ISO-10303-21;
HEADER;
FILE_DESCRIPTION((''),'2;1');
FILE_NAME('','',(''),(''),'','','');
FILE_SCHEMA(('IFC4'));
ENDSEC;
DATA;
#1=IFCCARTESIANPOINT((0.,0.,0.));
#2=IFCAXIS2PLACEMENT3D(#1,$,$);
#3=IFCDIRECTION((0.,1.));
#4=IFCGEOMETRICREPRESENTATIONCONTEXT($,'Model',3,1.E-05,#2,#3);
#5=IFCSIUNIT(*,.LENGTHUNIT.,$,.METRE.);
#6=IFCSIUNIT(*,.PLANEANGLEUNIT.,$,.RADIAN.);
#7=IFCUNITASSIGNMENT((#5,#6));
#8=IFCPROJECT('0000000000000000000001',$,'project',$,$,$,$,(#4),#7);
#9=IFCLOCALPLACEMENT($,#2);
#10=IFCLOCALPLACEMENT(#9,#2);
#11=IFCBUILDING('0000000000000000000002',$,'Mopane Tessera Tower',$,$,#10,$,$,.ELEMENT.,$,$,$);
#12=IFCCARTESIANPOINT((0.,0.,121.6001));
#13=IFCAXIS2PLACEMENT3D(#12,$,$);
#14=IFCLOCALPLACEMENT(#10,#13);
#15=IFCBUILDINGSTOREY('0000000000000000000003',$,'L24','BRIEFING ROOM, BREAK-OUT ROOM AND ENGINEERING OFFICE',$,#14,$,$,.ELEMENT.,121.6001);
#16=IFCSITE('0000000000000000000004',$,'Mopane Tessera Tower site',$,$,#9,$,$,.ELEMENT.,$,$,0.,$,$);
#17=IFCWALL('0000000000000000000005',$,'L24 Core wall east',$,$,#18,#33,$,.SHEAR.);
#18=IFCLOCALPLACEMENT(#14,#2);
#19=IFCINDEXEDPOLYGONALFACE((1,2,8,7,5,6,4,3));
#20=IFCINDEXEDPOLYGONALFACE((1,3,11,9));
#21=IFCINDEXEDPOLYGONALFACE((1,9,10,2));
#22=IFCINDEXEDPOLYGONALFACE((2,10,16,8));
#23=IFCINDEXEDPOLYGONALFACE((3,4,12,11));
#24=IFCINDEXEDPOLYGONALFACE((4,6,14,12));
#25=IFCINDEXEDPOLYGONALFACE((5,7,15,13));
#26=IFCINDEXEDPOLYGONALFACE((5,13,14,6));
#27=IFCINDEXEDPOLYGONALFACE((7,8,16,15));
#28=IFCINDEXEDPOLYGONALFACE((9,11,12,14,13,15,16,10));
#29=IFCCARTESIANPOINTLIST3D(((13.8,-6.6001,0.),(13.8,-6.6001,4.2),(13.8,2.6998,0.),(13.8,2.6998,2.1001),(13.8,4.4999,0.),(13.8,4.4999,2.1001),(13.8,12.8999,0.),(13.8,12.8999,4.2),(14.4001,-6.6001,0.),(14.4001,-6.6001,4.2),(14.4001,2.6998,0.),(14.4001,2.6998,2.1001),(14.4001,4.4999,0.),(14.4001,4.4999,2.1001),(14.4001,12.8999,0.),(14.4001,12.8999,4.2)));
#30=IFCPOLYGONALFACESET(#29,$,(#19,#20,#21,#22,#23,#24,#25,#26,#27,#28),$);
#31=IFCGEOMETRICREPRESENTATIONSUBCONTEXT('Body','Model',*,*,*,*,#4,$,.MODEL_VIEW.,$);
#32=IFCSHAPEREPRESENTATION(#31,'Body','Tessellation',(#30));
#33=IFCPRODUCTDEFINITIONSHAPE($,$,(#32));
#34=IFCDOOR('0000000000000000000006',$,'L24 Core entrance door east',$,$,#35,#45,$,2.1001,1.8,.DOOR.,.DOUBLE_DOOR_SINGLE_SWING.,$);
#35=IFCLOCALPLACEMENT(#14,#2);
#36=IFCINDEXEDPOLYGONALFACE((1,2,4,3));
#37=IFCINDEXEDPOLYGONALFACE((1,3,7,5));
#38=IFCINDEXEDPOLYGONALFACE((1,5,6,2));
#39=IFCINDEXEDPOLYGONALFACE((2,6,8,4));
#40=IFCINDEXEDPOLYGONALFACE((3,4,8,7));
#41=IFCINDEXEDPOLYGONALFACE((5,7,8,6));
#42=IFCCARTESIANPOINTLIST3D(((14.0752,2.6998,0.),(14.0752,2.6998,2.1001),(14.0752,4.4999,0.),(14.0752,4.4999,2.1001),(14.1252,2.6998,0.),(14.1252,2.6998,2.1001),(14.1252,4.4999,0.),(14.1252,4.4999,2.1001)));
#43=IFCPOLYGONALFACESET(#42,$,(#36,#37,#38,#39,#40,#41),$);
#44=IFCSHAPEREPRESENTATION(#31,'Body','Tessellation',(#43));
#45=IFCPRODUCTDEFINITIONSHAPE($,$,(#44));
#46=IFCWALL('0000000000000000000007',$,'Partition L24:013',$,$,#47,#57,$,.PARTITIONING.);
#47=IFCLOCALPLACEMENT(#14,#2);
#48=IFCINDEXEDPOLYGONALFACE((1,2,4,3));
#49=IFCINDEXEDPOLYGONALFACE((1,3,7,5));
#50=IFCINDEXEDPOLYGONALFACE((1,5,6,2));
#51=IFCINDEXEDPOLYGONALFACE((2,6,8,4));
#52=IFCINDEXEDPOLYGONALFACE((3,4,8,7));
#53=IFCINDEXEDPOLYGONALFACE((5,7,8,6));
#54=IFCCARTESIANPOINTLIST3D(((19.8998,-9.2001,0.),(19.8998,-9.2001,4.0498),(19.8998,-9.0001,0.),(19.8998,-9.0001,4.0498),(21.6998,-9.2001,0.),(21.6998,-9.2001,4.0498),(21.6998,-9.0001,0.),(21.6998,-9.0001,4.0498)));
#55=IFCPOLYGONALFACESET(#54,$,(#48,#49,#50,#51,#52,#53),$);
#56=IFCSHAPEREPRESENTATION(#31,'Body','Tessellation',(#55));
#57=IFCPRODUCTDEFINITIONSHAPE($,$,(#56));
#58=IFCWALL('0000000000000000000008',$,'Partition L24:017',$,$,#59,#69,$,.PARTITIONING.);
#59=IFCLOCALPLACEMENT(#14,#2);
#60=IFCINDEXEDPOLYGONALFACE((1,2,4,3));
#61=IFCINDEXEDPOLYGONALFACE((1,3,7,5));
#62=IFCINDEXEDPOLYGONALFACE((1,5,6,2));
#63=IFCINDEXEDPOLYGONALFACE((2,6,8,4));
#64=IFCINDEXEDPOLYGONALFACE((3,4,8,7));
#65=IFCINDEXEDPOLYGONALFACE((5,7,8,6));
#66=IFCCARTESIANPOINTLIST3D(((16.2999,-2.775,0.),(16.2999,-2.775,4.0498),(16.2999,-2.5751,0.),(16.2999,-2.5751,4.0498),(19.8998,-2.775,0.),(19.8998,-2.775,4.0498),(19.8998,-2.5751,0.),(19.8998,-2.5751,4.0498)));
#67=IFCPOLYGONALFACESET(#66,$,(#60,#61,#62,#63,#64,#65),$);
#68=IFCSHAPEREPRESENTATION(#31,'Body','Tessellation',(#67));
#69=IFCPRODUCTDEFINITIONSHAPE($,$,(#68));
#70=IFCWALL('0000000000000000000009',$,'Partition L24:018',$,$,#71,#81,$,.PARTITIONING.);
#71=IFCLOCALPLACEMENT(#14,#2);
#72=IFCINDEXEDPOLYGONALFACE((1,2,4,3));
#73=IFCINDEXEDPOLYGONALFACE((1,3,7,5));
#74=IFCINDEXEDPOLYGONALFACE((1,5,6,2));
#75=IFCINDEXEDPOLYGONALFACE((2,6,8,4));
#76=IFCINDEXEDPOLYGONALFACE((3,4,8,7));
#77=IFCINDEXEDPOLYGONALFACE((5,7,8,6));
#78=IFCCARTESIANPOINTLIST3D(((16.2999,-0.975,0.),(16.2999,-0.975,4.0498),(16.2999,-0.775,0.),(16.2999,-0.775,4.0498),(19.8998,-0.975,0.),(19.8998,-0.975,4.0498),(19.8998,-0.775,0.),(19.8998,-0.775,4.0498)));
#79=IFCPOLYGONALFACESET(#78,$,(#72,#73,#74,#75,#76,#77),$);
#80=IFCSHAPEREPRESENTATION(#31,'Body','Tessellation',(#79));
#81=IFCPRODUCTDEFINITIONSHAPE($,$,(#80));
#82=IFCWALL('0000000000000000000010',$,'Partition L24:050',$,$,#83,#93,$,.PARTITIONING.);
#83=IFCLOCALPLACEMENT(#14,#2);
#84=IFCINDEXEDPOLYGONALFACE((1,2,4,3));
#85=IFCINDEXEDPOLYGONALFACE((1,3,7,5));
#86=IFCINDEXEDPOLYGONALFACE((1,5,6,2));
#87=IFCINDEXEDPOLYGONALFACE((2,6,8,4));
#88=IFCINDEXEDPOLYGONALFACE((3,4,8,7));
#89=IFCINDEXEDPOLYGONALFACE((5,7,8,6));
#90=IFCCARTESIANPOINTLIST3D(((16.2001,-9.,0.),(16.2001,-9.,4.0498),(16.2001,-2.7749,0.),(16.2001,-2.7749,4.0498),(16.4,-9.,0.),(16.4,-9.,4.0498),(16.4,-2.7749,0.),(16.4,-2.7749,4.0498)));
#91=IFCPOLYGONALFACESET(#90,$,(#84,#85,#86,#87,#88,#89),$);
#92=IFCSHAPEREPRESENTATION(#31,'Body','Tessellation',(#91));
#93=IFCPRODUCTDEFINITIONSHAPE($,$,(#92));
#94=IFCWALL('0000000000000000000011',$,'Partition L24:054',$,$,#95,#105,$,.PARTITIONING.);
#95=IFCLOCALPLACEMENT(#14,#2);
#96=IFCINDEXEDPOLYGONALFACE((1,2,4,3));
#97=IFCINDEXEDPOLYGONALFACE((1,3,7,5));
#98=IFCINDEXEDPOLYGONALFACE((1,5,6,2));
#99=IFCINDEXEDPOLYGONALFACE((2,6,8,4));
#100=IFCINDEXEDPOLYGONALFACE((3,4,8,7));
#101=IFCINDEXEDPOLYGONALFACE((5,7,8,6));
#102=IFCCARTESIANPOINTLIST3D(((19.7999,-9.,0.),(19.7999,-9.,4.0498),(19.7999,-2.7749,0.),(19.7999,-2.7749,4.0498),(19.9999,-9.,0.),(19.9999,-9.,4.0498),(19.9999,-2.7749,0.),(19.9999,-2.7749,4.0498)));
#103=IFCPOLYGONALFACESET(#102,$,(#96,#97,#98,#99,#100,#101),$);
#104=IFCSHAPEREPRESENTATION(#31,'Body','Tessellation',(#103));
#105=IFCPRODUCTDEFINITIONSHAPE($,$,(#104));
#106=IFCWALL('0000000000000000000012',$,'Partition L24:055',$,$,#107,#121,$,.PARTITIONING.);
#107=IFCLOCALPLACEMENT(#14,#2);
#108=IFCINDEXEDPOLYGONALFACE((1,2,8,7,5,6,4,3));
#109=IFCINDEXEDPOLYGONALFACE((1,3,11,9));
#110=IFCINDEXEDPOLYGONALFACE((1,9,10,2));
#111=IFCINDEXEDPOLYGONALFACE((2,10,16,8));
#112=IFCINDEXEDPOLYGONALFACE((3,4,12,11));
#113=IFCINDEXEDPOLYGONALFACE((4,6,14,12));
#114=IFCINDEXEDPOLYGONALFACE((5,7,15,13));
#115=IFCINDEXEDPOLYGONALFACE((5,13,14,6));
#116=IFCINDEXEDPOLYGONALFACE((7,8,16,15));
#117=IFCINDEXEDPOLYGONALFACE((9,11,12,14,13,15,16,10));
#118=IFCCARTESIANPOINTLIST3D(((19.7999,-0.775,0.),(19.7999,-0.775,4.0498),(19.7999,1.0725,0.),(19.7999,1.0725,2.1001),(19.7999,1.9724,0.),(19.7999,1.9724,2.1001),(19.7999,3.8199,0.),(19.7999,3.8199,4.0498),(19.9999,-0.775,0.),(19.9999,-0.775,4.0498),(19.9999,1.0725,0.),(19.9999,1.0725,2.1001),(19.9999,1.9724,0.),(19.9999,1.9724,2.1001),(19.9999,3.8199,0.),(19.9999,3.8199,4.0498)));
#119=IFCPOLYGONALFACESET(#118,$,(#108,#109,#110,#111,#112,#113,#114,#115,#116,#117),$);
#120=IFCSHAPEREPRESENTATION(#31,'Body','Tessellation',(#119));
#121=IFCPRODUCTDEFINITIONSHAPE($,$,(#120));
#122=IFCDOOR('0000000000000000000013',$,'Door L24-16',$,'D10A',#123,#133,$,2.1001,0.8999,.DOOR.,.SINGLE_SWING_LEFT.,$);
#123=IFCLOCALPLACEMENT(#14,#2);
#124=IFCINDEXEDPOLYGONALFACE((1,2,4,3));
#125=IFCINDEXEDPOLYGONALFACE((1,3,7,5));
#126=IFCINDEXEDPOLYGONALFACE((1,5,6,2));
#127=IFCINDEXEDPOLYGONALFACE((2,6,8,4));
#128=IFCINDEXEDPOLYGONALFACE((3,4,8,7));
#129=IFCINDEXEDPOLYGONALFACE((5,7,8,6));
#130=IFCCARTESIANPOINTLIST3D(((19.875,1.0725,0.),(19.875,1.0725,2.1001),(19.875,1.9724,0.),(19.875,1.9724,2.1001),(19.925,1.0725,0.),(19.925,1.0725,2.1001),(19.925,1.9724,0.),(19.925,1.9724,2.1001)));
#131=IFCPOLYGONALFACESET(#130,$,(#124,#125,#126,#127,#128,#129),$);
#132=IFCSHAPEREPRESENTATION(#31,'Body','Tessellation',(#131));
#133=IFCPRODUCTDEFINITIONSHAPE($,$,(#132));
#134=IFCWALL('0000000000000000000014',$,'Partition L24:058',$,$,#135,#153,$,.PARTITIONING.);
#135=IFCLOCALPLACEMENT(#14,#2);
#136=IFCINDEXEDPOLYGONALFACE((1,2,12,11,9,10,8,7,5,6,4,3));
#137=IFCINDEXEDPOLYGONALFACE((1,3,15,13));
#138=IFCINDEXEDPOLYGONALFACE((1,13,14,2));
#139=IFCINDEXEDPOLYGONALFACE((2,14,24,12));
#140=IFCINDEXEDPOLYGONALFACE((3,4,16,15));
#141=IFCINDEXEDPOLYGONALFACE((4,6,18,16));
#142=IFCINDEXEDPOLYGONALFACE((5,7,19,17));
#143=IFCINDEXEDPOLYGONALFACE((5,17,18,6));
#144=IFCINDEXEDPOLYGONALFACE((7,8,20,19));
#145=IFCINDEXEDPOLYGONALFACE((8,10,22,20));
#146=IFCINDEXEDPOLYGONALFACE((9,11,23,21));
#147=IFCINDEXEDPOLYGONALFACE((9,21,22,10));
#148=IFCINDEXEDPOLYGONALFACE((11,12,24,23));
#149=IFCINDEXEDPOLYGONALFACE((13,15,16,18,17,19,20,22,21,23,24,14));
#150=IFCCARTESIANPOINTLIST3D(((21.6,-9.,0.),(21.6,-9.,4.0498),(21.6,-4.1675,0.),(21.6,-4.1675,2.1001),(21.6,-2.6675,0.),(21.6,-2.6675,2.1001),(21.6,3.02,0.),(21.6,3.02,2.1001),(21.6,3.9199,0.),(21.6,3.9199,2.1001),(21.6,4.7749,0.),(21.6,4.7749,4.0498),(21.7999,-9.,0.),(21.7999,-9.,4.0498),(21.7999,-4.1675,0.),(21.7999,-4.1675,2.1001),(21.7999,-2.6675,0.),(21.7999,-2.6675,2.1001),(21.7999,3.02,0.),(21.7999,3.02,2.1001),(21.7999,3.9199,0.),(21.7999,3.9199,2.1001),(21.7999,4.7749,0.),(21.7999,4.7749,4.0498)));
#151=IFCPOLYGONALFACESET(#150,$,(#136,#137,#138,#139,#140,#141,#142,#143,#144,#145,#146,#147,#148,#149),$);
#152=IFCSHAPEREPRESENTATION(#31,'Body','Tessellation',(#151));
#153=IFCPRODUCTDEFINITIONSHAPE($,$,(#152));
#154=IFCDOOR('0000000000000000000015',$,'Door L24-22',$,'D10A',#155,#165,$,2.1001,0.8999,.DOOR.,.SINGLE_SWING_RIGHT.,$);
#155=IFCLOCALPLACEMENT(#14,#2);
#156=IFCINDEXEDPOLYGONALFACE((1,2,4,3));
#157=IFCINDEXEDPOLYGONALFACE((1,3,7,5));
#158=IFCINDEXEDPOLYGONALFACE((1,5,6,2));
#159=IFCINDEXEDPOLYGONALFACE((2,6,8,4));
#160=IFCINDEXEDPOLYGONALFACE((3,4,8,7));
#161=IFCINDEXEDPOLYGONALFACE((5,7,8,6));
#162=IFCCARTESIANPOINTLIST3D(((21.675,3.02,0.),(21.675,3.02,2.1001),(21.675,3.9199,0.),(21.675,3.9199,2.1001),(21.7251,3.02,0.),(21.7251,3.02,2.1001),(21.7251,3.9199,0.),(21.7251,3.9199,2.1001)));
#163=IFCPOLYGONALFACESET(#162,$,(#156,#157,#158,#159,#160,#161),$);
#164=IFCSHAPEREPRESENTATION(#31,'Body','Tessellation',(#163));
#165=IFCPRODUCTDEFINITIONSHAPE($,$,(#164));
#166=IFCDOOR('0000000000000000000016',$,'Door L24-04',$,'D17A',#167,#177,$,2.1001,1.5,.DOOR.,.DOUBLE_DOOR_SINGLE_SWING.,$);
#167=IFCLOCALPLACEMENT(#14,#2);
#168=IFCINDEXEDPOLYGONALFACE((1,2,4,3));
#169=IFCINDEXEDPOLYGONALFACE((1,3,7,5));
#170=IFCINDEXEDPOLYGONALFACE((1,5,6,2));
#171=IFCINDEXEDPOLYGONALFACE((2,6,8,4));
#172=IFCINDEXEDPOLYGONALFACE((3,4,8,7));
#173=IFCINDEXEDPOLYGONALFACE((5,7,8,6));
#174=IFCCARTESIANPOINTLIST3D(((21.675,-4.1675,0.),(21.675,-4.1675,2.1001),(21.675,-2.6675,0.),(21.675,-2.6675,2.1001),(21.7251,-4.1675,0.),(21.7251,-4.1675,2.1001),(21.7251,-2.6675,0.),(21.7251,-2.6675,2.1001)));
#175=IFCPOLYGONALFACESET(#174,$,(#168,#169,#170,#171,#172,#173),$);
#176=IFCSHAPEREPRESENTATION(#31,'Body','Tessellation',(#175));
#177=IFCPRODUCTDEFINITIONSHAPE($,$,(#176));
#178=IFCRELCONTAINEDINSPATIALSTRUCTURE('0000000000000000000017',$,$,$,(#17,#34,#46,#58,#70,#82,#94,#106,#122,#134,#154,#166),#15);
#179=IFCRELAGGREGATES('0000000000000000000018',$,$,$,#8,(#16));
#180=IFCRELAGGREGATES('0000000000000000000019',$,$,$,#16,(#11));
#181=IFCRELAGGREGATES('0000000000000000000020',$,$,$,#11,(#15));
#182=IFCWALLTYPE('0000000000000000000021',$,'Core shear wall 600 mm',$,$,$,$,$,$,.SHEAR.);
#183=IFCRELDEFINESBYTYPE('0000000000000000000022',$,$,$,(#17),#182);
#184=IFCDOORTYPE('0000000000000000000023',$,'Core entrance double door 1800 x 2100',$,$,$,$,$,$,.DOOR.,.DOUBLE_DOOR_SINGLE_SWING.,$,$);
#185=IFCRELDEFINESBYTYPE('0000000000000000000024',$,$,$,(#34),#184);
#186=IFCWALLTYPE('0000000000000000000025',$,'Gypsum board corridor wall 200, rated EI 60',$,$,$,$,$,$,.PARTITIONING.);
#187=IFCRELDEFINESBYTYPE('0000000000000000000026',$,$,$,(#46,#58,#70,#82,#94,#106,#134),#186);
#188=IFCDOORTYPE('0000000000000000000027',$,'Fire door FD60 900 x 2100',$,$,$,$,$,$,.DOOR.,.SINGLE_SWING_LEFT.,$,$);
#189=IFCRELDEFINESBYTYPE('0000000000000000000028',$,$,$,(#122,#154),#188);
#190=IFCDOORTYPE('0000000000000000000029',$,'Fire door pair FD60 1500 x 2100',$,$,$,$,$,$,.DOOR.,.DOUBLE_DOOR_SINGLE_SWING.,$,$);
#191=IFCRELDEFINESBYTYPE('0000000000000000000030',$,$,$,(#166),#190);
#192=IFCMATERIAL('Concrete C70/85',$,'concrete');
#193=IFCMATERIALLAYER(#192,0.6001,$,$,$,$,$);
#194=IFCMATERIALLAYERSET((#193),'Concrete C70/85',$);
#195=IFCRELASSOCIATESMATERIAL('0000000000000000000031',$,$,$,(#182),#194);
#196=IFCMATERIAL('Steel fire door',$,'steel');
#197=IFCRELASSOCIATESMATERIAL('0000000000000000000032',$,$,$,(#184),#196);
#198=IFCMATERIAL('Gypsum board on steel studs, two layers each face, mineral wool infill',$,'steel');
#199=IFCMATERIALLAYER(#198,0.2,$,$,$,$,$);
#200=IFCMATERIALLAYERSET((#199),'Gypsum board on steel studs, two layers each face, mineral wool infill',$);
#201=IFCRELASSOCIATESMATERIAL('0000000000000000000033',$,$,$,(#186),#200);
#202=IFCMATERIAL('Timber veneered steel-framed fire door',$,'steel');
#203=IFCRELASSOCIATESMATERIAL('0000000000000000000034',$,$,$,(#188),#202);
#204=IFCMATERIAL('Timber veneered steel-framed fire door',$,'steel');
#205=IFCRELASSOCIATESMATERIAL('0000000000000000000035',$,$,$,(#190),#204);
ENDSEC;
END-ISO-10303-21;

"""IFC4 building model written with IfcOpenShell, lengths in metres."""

from ifc_helpers import new_model, si_unit, direction, frame, frame_2d, origin, place, context, subcontext, project, spatial, rectangle, extrude, material, layer, layer_set, type_object, element, fill, save


model = new_model("IFC4")

# Units and contexts
model_context = context("Model", 3, precision=1e-05, world=origin(), true_north=direction((0.0, 1.0)))
body_context = subcontext(model_context, "Body", "Model", "MODEL_VIEW")
ifc_project = project(units=[si_unit("LENGTHUNIT", "METRE"), si_unit("PLANEANGLEUNIT", "RADIAN")], contexts=[model_context])

# Site, building, storey
site_placement = place(None, origin())
site = spatial("IfcSite", under=ifc_project, at=site_placement, Name="Mopane Tessera Tower site", CompositionType="ELEMENT", RefElevation=0.0)
building_placement = place(site_placement, origin())
building = spatial("IfcBuilding", under=site, at=building_placement, Name="Mopane Tessera Tower", CompositionType="ELEMENT")
storey_placement = place(building_placement, frame((0.0, 0.0, 121.6001)))
storey = spatial("IfcBuildingStorey", under=building, at=storey_placement, Name="L24", Description="BRIEFING ROOM, BREAK-OUT ROOM AND ENGINEERING OFFICE", CompositionType="ELEMENT", Elevation=121.6001)

# Wall, opening, door
ifc_material_1 = material(Name="Concrete C70/85", Category="concrete")
ifc_layer_1 = layer(ifc_material_1, 0.6001)
ifc_layer_set_1 = layer_set([ifc_layer_1], Name="Concrete C70/85")
wall_type_1 = type_object("IfcWallType", Name="Core shear wall 600 mm", PredefinedType="SHEAR", material=ifc_layer_set_1)
wall_1_placement = place(storey_placement, frame((14.1001, -6.6001, 0.0), z_axis=(0.0, 0.0, 1.0), x_axis=(0.0, 1.0, 0.0)))
wall_1 = element("IfcWall", 1, at=wall_1_placement, inside=storey, type_object=wall_type_1, Name="L24 Core wall east", PredefinedType="SHEAR", context=body_context, shape_type="SweptSolid", body=[
    extrude(rectangle(XDim=19.5, YDim=0.6001, at=frame_2d((9.75, 0.0))), origin(), (0.0, 0.0, 1.0), 4.2),
])
opening_1_placement = place(wall_1_placement, frame((9.3, 0.0, 0.0)))
opening_1 = element("IfcOpeningElement", 2, at=opening_1_placement, cuts=wall_1, PredefinedType="OPENING", context=body_context, shape_type="SweptSolid", body=[
    extrude(rectangle(XDim=1.8, YDim=2.1001, at=frame_2d((0.8999, 1.05))), frame((0.0, 0.312, 0.0), z_axis=(0.0, -1.0, 0.0), x_axis=(1.0, 0.0, 0.0)), (0.0, 0.0, 1.0), 0.624),
])
ifc_material_2 = material(Name="Steel fire door", Category="steel")
door_type_1 = type_object("IfcDoorType", Name="Core entrance double door 1800 x 2100", OperationType="DOUBLE_DOOR_SINGLE_SWING", PredefinedType="DOOR", material=ifc_material_2)
door_1_placement = place(opening_1_placement, origin())
door_1 = element("IfcDoor", 3, at=door_1_placement, inside=storey, type_object=door_type_1, Name="L24 Core entrance door east", OperationType="DOUBLE_DOOR_SINGLE_SWING", OverallHeight=2.1001, OverallWidth=1.8, PredefinedType="DOOR", context=body_context, shape_type="SweptSolid", body=[
    extrude(rectangle(XDim=1.8, YDim=2.1001, at=frame_2d((0.8999, 1.05))), frame((0.0, 0.0249, 0.0), z_axis=(0.0, -1.0, 0.0), x_axis=(1.0, 0.0, 0.0)), (0.0, 0.0, 1.0), 0.05),
])
fill(opening_1, door_1)

# Walls
ifc_material_3 = material(Name="Gypsum board on steel studs, two layers each face, mineral wool infill", Category="steel")
ifc_layer_2 = layer(ifc_material_3, 0.2)
ifc_layer_set_2 = layer_set([ifc_layer_2], Name="Gypsum board on steel studs, two layers each face, mineral wool infill")
wall_type_2 = type_object("IfcWallType", Name="Gypsum board corridor wall 200, rated EI 60", PredefinedType="PARTITIONING", material=ifc_layer_set_2)
wall_2_placement = place(storey_placement, frame((19.8999, -9.1001, 0.0), z_axis=(0.0, 0.0, 1.0), x_axis=(1.0, 0.0, 0.0)))
element("IfcWall", 4, at=wall_2_placement, inside=storey, type_object=wall_type_2, Name="Partition L24:013", PredefinedType="PARTITIONING", context=body_context, shape_type="SweptSolid", body=[
    extrude(rectangle(XDim=1.8, YDim=0.2, at=frame_2d((0.8999, 0.0))), origin(), (0.0, 0.0, 1.0), 4.0498),
])
for number, where, z_axis, x_axis, name in (
    (5, (16.3, -2.675, 0.0), (0.0, 0.0, 1.0), (1.0, 0.0, 0.0), "Partition L24:017"),
    (6, (16.3, -0.875, 0.0), (0.0, 0.0, 1.0), (1.0, 0.0, 0.0), "Partition L24:018"),
):
    element("IfcWall", number, at=place(storey_placement, frame(where, z_axis=z_axis, x_axis=x_axis)), inside=storey, type_object=wall_type_2, Name=name, PredefinedType="PARTITIONING", context=body_context, shape_type="SweptSolid", body=[
        extrude(rectangle(XDim=3.5999, YDim=0.2, at=frame_2d((1.7998, 0.0))), origin(), (0.0, 0.0, 1.0), 4.0498),
    ])
for number, where, z_axis, x_axis, name in (
    (7, (16.3, -9.0, 0.0), (0.0, 0.0, 1.0), (0.0, 1.0, 0.0), "Partition L24:050"),
    (8, (19.8999, -9.0, 0.0), (0.0, 0.0, 1.0), (0.0, 1.0, 0.0), "Partition L24:054"),
):
    element("IfcWall", number, at=place(storey_placement, frame(where, z_axis=z_axis, x_axis=x_axis)), inside=storey, type_object=wall_type_2, Name=name, PredefinedType="PARTITIONING", context=body_context, shape_type="SweptSolid", body=[
        extrude(rectangle(XDim=6.2251, YDim=0.2, at=frame_2d((3.1125, 0.0))), origin(), (0.0, 0.0, 1.0), 4.0498),
    ])

# Wall, opening, door
wall_3_placement = place(storey_placement, frame((19.8999, -0.7749, 0.0), z_axis=(0.0, 0.0, 1.0), x_axis=(0.0, 1.0, 0.0)))
wall_3 = element("IfcWall", 9, at=wall_3_placement, inside=storey, type_object=wall_type_2, Name="Partition L24:055", PredefinedType="PARTITIONING", context=body_context, shape_type="SweptSolid", body=[
    extrude(rectangle(XDim=4.595, YDim=0.2, at=frame_2d((2.2974, 0.0))), origin(), (0.0, 0.0, 1.0), 4.0498),
])
opening_2_placement = place(wall_3_placement, frame((1.8474, 0.0, 0.0)))
opening_2 = element("IfcOpeningElement", 10, at=opening_2_placement, cuts=wall_3, PredefinedType="OPENING", context=body_context, shape_type="SweptSolid", body=[
    extrude(rectangle(XDim=0.8999, YDim=2.1001, at=frame_2d((0.45, 1.05))), frame((0.0, 0.1121, 0.0), z_axis=(0.0, -1.0, 0.0), x_axis=(1.0, 0.0, 0.0)), (0.0, 0.0, 1.0), 0.2239),
])
ifc_material_4 = material(Name="Timber veneered steel-framed fire door", Category="steel")
door_type_2 = type_object("IfcDoorType", Name="Fire door FD60 900 x 2100", OperationType="SINGLE_SWING_LEFT", PredefinedType="DOOR", material=ifc_material_4)
door_2_placement = place(opening_2_placement, origin())
door_2 = element("IfcDoor", 11, at=door_2_placement, inside=storey, type_object=door_type_2, Name="Door L24-16", ObjectType="D10A", OperationType="SINGLE_SWING_LEFT", OverallHeight=2.1001, OverallWidth=0.8999, PredefinedType="DOOR", context=body_context, shape_type="SweptSolid", body=[
    extrude(rectangle(XDim=0.8999, YDim=2.1001, at=frame_2d((0.45, 1.05))), frame((0.0, 0.0249, 0.0), z_axis=(0.0, -1.0, 0.0), x_axis=(1.0, 0.0, 0.0)), (0.0, 0.0, 1.0), 0.05),
])
fill(opening_2, door_2)

# Wall, openings, doors
wall_4_placement = place(storey_placement, frame((21.7, -9.0, 0.0), z_axis=(0.0, 0.0, 1.0), x_axis=(0.0, 1.0, 0.0)))
wall_4 = element("IfcWall", 12, at=wall_4_placement, inside=storey, type_object=wall_type_2, Name="Partition L24:058", PredefinedType="PARTITIONING", context=body_context, shape_type="SweptSolid", body=[
    extrude(rectangle(XDim=13.7749, YDim=0.2, at=frame_2d((6.8875, 0.0))), origin(), (0.0, 0.0, 1.0), 4.0498),
])
opening_3_placement = place(wall_4_placement, frame((4.8325, 0.0, 0.0)))
opening_3 = element("IfcOpeningElement", 13, at=opening_3_placement, cuts=wall_4, PredefinedType="OPENING", context=body_context, shape_type="SweptSolid", body=[
    extrude(rectangle(XDim=1.5, YDim=2.1001, at=frame_2d((0.75, 1.05))), frame((0.0, 0.1121, 0.0), z_axis=(0.0, -1.0, 0.0), x_axis=(1.0, 0.0, 0.0)), (0.0, 0.0, 1.0), 0.2239),
])
opening_4_placement = place(wall_4_placement, frame((12.02, 0.0, 0.0)))
opening_4 = element("IfcOpeningElement", 14, at=opening_4_placement, cuts=wall_4, PredefinedType="OPENING", context=body_context, shape_type="SweptSolid", body=[
    extrude(rectangle(XDim=0.8999, YDim=2.1001, at=frame_2d((0.45, 1.05))), frame((0.0, 0.1121, 0.0), z_axis=(0.0, -1.0, 0.0), x_axis=(1.0, 0.0, 0.0)), (0.0, 0.0, 1.0), 0.2239),
])
door_3_placement = place(opening_4_placement, origin())
door_3 = element("IfcDoor", 15, at=door_3_placement, inside=storey, type_object=door_type_2, Name="Door L24-22", ObjectType="D10A", OperationType="SINGLE_SWING_RIGHT", OverallHeight=2.1001, OverallWidth=0.8999, PredefinedType="DOOR", context=body_context, shape_type="SweptSolid", body=[
    extrude(rectangle(XDim=0.8999, YDim=2.1001, at=frame_2d((0.45, 1.05))), frame((0.0, 0.0249, 0.0), z_axis=(0.0, -1.0, 0.0), x_axis=(1.0, 0.0, 0.0)), (0.0, 0.0, 1.0), 0.05),
])
fill(opening_4, door_3)
ifc_material_5 = material(Name="Timber veneered steel-framed fire door", Category="steel")
door_type_3 = type_object("IfcDoorType", Name="Fire door pair FD60 1500 x 2100", OperationType="DOUBLE_DOOR_SINGLE_SWING", PredefinedType="DOOR", material=ifc_material_5)
door_4_placement = place(opening_3_placement, origin())
door_4 = element("IfcDoor", 16, at=door_4_placement, inside=storey, type_object=door_type_3, Name="Door L24-04", ObjectType="D17A", OperationType="DOUBLE_DOOR_SINGLE_SWING", OverallHeight=2.1001, OverallWidth=1.5, PredefinedType="DOOR", context=body_context, shape_type="SweptSolid", body=[
    extrude(rectangle(XDim=1.5, YDim=2.1001, at=frame_2d((0.75, 1.05))), frame((0.0, 0.0249, 0.0), z_axis=(0.0, -1.0, 0.0), x_axis=(1.0, 0.0, 0.0)), (0.0, 0.0, 1.0), 0.05),
])
fill(opening_3, door_4)

save(model, "model.ifc")
